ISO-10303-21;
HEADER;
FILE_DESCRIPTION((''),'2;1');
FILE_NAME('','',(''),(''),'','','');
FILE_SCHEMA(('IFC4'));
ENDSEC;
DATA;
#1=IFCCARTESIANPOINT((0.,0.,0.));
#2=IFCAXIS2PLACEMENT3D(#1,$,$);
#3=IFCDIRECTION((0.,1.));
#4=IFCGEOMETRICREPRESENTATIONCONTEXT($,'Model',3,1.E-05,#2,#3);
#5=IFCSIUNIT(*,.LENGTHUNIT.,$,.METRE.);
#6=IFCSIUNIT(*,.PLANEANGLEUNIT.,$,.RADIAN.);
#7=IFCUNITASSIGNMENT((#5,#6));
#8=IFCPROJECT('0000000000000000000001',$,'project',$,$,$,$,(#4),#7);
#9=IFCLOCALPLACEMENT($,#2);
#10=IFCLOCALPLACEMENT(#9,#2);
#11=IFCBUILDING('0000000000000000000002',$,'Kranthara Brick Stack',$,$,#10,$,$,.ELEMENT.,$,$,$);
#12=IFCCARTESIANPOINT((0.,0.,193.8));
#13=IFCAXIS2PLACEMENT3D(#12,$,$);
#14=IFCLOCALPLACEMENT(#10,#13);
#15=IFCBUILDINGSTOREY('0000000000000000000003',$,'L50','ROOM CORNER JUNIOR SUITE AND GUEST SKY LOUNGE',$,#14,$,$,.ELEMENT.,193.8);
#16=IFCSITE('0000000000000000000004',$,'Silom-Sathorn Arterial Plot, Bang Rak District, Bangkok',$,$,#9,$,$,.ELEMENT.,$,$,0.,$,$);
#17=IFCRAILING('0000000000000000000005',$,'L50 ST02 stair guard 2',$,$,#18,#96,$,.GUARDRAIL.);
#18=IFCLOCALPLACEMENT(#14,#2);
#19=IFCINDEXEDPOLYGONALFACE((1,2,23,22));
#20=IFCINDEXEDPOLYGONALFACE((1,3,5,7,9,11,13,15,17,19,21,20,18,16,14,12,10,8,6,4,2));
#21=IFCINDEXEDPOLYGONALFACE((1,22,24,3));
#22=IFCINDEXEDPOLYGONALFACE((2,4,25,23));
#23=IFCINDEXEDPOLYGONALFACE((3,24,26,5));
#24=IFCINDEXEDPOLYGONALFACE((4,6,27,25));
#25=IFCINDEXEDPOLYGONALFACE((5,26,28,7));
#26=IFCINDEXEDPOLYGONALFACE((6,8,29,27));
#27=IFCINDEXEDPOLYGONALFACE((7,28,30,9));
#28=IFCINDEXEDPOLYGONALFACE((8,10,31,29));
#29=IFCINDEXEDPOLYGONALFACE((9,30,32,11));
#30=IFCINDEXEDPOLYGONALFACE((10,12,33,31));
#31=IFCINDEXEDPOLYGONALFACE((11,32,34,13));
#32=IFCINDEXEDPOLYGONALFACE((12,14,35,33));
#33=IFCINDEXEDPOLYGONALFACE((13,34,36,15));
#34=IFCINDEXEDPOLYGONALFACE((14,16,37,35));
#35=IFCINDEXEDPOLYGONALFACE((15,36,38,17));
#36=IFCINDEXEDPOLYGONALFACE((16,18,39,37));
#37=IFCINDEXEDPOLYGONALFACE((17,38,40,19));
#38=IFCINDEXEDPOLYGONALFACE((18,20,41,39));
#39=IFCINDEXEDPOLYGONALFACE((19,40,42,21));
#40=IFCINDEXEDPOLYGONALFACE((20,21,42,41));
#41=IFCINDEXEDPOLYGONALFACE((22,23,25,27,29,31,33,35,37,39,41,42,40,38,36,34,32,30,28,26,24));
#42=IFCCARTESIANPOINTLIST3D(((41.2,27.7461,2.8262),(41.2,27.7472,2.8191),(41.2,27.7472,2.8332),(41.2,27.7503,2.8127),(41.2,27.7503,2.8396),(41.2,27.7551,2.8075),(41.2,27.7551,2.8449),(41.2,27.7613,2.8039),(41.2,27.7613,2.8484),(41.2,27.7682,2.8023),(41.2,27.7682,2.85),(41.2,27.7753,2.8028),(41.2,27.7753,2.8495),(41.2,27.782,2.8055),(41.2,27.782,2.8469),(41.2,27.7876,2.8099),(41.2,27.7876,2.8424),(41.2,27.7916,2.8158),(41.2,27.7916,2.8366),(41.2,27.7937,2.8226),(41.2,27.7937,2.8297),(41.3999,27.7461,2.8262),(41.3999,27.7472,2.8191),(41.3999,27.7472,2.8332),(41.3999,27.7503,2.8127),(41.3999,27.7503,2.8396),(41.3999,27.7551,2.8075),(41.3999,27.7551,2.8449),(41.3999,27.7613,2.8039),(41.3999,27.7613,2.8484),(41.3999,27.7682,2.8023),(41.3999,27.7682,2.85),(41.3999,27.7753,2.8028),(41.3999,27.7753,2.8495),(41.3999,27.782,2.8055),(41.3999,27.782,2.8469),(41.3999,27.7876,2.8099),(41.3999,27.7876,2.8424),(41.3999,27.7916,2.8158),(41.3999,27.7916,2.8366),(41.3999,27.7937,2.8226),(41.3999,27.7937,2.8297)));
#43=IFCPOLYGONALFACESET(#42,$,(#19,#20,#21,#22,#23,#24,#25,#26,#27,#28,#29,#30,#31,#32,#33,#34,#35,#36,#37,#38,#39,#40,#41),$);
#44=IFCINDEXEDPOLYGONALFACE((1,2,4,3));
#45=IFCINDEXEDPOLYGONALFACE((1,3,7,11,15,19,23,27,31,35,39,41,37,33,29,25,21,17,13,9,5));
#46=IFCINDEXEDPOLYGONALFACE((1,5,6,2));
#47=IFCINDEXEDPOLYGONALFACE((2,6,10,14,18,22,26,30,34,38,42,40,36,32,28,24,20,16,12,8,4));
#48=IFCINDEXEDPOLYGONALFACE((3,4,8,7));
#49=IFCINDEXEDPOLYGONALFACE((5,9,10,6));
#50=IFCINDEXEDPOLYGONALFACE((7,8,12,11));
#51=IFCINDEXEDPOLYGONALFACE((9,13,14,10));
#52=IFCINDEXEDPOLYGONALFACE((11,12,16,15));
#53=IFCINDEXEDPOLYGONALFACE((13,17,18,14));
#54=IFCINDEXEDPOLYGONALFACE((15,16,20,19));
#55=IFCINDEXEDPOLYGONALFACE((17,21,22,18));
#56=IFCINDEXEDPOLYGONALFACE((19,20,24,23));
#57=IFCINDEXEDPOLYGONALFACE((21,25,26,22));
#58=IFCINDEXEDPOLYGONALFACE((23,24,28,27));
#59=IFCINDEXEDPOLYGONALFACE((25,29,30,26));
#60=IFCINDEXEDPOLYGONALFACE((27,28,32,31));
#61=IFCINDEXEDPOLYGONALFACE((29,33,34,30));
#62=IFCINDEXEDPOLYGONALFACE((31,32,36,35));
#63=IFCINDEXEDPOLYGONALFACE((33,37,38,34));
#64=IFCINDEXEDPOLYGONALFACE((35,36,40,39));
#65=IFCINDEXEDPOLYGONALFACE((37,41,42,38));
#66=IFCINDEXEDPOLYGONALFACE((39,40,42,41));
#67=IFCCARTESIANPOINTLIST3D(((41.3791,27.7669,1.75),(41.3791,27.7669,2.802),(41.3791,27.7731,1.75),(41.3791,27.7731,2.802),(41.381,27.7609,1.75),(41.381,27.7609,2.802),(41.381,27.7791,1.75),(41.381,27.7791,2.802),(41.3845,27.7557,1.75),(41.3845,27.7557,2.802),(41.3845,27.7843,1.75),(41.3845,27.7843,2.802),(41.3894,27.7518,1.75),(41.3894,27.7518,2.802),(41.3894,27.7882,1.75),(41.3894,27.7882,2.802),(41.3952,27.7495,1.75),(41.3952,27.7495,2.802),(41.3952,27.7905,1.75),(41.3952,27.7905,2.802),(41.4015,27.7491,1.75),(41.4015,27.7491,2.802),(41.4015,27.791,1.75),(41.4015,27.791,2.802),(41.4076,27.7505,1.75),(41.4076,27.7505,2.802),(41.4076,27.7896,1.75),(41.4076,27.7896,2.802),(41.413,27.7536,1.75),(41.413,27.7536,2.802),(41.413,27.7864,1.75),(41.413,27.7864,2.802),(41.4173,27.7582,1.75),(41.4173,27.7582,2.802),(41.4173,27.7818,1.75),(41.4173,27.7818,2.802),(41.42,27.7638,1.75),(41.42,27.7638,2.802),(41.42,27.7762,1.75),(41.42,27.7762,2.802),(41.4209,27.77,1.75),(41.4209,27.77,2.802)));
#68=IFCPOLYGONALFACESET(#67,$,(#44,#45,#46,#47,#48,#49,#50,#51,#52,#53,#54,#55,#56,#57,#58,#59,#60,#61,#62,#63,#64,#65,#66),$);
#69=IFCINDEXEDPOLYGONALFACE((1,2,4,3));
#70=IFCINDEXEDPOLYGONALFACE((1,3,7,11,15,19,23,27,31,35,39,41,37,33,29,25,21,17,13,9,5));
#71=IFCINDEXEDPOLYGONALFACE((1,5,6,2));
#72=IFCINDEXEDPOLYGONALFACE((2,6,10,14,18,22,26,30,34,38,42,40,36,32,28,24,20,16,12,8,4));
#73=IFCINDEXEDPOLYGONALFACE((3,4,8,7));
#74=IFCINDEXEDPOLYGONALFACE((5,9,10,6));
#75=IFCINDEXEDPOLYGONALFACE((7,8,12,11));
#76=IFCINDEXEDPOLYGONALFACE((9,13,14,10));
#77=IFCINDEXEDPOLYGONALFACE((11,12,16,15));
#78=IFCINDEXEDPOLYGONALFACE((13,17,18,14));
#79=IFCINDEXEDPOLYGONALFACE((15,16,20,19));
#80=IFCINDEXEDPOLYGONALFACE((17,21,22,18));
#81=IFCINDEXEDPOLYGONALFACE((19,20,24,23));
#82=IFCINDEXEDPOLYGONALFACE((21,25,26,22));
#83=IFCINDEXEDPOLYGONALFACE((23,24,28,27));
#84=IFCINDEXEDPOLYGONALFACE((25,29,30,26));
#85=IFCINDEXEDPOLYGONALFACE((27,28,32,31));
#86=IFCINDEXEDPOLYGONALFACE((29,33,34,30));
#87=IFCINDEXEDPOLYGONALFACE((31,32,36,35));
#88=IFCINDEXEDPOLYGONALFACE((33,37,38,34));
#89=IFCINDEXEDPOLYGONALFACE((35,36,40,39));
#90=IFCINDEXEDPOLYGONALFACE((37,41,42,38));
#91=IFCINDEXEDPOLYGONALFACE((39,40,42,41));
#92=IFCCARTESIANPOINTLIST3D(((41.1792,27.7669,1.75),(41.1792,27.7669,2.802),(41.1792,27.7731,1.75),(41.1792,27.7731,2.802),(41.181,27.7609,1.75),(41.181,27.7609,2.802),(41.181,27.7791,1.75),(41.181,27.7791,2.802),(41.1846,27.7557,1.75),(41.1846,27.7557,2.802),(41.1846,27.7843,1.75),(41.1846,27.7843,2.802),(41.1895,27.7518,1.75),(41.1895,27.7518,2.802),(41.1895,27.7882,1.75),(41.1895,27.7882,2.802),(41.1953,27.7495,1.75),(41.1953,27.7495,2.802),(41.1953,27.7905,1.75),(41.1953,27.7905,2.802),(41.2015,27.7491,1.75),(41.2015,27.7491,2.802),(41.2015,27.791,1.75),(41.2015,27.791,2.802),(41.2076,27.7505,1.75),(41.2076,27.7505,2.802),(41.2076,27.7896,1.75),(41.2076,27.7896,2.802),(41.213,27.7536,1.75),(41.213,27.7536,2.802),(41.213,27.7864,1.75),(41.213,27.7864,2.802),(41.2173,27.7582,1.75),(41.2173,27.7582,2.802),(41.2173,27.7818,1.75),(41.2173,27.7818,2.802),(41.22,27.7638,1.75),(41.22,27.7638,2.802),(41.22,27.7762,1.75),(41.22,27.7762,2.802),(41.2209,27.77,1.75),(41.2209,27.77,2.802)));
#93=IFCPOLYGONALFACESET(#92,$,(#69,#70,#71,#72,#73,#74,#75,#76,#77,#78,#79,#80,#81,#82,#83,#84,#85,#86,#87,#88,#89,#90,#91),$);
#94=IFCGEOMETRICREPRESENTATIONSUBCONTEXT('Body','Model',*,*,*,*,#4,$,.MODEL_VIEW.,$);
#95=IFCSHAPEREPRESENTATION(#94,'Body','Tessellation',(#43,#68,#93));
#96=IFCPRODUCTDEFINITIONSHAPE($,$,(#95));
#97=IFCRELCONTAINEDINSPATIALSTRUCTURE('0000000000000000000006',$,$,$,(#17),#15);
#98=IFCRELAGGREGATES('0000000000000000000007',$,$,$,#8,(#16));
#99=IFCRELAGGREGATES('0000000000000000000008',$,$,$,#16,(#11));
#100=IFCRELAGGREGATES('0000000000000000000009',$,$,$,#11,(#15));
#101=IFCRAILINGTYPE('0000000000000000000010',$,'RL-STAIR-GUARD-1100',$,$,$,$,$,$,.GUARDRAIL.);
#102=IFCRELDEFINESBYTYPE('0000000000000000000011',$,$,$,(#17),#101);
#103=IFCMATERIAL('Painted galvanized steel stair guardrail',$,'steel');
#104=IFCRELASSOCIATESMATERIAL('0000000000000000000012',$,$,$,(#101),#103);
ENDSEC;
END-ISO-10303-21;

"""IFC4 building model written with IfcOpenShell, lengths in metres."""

from ifc_helpers import new_model, si_unit, direction, frame, origin, origin_2d, place, context, subcontext, project, spatial, circle, extrude, material, type_object, element, save


model = new_model("IFC4")

# Units and contexts
model_context = context("Model", 3, precision=1e-05, world=origin(), true_north=direction((0.0, 1.0)))
body_context = subcontext(model_context, "Body", "Model", "MODEL_VIEW")
ifc_project = project(units=[si_unit("LENGTHUNIT", "METRE"), si_unit("PLANEANGLEUNIT", "RADIAN")], contexts=[model_context])

# Site, building, storey
site_placement = place(None, origin())
site = spatial("IfcSite", under=ifc_project, at=site_placement, Name="Silom-Sathorn Arterial Plot, Bang Rak District, Bangkok", CompositionType="ELEMENT", RefElevation=0.0)
building_placement = place(site_placement, origin())
building = spatial("IfcBuilding", under=site, at=building_placement, Name="Kranthara Brick Stack", CompositionType="ELEMENT")
storey_placement = place(building_placement, frame((0.0, 0.0, 193.8)))
storey = spatial("IfcBuildingStorey", under=building, at=storey_placement, Name="L50", Description="ROOM CORNER JUNIOR SUITE AND GUEST SKY LOUNGE", CompositionType="ELEMENT", Elevation=193.8)

# Railing
ifc_material_1 = material(Name="Painted galvanized steel stair guardrail", Category="steel")
railing_type_1 = type_object("IfcRailingType", Name="RL-STAIR-GUARD-1100", PredefinedType="GUARDRAIL", material=ifc_material_1)
railing_1_placement = place(storey_placement, frame((41.3999, 27.77, 1.75)))
element("IfcRailing", 1, at=railing_1_placement, inside=storey, type_object=railing_type_1, Name="L50 ST02 stair guard 2", PredefinedType="GUARDRAIL", context=body_context, shape_type="SweptSolid", body=[
    extrude(circle(Radius=0.0239, at=origin_2d()), frame((0.0, 0.0, 1.0762), z_axis=(-1.0, 0.0, 0.0), x_axis=(0.0, -1.0, 0.0)), (0.0, 0.0, 1.0), 0.2),
    extrude(circle(Radius=0.021, at=origin_2d()), origin(), (0.0, 0.0, 1.0), 1.052),
    extrude(circle(Radius=0.021, at=origin_2d()), frame((-0.2, 0.0, 0.0)), (0.0, 0.0, 1.0), 1.052),
])

save(model, "model.ifc")
